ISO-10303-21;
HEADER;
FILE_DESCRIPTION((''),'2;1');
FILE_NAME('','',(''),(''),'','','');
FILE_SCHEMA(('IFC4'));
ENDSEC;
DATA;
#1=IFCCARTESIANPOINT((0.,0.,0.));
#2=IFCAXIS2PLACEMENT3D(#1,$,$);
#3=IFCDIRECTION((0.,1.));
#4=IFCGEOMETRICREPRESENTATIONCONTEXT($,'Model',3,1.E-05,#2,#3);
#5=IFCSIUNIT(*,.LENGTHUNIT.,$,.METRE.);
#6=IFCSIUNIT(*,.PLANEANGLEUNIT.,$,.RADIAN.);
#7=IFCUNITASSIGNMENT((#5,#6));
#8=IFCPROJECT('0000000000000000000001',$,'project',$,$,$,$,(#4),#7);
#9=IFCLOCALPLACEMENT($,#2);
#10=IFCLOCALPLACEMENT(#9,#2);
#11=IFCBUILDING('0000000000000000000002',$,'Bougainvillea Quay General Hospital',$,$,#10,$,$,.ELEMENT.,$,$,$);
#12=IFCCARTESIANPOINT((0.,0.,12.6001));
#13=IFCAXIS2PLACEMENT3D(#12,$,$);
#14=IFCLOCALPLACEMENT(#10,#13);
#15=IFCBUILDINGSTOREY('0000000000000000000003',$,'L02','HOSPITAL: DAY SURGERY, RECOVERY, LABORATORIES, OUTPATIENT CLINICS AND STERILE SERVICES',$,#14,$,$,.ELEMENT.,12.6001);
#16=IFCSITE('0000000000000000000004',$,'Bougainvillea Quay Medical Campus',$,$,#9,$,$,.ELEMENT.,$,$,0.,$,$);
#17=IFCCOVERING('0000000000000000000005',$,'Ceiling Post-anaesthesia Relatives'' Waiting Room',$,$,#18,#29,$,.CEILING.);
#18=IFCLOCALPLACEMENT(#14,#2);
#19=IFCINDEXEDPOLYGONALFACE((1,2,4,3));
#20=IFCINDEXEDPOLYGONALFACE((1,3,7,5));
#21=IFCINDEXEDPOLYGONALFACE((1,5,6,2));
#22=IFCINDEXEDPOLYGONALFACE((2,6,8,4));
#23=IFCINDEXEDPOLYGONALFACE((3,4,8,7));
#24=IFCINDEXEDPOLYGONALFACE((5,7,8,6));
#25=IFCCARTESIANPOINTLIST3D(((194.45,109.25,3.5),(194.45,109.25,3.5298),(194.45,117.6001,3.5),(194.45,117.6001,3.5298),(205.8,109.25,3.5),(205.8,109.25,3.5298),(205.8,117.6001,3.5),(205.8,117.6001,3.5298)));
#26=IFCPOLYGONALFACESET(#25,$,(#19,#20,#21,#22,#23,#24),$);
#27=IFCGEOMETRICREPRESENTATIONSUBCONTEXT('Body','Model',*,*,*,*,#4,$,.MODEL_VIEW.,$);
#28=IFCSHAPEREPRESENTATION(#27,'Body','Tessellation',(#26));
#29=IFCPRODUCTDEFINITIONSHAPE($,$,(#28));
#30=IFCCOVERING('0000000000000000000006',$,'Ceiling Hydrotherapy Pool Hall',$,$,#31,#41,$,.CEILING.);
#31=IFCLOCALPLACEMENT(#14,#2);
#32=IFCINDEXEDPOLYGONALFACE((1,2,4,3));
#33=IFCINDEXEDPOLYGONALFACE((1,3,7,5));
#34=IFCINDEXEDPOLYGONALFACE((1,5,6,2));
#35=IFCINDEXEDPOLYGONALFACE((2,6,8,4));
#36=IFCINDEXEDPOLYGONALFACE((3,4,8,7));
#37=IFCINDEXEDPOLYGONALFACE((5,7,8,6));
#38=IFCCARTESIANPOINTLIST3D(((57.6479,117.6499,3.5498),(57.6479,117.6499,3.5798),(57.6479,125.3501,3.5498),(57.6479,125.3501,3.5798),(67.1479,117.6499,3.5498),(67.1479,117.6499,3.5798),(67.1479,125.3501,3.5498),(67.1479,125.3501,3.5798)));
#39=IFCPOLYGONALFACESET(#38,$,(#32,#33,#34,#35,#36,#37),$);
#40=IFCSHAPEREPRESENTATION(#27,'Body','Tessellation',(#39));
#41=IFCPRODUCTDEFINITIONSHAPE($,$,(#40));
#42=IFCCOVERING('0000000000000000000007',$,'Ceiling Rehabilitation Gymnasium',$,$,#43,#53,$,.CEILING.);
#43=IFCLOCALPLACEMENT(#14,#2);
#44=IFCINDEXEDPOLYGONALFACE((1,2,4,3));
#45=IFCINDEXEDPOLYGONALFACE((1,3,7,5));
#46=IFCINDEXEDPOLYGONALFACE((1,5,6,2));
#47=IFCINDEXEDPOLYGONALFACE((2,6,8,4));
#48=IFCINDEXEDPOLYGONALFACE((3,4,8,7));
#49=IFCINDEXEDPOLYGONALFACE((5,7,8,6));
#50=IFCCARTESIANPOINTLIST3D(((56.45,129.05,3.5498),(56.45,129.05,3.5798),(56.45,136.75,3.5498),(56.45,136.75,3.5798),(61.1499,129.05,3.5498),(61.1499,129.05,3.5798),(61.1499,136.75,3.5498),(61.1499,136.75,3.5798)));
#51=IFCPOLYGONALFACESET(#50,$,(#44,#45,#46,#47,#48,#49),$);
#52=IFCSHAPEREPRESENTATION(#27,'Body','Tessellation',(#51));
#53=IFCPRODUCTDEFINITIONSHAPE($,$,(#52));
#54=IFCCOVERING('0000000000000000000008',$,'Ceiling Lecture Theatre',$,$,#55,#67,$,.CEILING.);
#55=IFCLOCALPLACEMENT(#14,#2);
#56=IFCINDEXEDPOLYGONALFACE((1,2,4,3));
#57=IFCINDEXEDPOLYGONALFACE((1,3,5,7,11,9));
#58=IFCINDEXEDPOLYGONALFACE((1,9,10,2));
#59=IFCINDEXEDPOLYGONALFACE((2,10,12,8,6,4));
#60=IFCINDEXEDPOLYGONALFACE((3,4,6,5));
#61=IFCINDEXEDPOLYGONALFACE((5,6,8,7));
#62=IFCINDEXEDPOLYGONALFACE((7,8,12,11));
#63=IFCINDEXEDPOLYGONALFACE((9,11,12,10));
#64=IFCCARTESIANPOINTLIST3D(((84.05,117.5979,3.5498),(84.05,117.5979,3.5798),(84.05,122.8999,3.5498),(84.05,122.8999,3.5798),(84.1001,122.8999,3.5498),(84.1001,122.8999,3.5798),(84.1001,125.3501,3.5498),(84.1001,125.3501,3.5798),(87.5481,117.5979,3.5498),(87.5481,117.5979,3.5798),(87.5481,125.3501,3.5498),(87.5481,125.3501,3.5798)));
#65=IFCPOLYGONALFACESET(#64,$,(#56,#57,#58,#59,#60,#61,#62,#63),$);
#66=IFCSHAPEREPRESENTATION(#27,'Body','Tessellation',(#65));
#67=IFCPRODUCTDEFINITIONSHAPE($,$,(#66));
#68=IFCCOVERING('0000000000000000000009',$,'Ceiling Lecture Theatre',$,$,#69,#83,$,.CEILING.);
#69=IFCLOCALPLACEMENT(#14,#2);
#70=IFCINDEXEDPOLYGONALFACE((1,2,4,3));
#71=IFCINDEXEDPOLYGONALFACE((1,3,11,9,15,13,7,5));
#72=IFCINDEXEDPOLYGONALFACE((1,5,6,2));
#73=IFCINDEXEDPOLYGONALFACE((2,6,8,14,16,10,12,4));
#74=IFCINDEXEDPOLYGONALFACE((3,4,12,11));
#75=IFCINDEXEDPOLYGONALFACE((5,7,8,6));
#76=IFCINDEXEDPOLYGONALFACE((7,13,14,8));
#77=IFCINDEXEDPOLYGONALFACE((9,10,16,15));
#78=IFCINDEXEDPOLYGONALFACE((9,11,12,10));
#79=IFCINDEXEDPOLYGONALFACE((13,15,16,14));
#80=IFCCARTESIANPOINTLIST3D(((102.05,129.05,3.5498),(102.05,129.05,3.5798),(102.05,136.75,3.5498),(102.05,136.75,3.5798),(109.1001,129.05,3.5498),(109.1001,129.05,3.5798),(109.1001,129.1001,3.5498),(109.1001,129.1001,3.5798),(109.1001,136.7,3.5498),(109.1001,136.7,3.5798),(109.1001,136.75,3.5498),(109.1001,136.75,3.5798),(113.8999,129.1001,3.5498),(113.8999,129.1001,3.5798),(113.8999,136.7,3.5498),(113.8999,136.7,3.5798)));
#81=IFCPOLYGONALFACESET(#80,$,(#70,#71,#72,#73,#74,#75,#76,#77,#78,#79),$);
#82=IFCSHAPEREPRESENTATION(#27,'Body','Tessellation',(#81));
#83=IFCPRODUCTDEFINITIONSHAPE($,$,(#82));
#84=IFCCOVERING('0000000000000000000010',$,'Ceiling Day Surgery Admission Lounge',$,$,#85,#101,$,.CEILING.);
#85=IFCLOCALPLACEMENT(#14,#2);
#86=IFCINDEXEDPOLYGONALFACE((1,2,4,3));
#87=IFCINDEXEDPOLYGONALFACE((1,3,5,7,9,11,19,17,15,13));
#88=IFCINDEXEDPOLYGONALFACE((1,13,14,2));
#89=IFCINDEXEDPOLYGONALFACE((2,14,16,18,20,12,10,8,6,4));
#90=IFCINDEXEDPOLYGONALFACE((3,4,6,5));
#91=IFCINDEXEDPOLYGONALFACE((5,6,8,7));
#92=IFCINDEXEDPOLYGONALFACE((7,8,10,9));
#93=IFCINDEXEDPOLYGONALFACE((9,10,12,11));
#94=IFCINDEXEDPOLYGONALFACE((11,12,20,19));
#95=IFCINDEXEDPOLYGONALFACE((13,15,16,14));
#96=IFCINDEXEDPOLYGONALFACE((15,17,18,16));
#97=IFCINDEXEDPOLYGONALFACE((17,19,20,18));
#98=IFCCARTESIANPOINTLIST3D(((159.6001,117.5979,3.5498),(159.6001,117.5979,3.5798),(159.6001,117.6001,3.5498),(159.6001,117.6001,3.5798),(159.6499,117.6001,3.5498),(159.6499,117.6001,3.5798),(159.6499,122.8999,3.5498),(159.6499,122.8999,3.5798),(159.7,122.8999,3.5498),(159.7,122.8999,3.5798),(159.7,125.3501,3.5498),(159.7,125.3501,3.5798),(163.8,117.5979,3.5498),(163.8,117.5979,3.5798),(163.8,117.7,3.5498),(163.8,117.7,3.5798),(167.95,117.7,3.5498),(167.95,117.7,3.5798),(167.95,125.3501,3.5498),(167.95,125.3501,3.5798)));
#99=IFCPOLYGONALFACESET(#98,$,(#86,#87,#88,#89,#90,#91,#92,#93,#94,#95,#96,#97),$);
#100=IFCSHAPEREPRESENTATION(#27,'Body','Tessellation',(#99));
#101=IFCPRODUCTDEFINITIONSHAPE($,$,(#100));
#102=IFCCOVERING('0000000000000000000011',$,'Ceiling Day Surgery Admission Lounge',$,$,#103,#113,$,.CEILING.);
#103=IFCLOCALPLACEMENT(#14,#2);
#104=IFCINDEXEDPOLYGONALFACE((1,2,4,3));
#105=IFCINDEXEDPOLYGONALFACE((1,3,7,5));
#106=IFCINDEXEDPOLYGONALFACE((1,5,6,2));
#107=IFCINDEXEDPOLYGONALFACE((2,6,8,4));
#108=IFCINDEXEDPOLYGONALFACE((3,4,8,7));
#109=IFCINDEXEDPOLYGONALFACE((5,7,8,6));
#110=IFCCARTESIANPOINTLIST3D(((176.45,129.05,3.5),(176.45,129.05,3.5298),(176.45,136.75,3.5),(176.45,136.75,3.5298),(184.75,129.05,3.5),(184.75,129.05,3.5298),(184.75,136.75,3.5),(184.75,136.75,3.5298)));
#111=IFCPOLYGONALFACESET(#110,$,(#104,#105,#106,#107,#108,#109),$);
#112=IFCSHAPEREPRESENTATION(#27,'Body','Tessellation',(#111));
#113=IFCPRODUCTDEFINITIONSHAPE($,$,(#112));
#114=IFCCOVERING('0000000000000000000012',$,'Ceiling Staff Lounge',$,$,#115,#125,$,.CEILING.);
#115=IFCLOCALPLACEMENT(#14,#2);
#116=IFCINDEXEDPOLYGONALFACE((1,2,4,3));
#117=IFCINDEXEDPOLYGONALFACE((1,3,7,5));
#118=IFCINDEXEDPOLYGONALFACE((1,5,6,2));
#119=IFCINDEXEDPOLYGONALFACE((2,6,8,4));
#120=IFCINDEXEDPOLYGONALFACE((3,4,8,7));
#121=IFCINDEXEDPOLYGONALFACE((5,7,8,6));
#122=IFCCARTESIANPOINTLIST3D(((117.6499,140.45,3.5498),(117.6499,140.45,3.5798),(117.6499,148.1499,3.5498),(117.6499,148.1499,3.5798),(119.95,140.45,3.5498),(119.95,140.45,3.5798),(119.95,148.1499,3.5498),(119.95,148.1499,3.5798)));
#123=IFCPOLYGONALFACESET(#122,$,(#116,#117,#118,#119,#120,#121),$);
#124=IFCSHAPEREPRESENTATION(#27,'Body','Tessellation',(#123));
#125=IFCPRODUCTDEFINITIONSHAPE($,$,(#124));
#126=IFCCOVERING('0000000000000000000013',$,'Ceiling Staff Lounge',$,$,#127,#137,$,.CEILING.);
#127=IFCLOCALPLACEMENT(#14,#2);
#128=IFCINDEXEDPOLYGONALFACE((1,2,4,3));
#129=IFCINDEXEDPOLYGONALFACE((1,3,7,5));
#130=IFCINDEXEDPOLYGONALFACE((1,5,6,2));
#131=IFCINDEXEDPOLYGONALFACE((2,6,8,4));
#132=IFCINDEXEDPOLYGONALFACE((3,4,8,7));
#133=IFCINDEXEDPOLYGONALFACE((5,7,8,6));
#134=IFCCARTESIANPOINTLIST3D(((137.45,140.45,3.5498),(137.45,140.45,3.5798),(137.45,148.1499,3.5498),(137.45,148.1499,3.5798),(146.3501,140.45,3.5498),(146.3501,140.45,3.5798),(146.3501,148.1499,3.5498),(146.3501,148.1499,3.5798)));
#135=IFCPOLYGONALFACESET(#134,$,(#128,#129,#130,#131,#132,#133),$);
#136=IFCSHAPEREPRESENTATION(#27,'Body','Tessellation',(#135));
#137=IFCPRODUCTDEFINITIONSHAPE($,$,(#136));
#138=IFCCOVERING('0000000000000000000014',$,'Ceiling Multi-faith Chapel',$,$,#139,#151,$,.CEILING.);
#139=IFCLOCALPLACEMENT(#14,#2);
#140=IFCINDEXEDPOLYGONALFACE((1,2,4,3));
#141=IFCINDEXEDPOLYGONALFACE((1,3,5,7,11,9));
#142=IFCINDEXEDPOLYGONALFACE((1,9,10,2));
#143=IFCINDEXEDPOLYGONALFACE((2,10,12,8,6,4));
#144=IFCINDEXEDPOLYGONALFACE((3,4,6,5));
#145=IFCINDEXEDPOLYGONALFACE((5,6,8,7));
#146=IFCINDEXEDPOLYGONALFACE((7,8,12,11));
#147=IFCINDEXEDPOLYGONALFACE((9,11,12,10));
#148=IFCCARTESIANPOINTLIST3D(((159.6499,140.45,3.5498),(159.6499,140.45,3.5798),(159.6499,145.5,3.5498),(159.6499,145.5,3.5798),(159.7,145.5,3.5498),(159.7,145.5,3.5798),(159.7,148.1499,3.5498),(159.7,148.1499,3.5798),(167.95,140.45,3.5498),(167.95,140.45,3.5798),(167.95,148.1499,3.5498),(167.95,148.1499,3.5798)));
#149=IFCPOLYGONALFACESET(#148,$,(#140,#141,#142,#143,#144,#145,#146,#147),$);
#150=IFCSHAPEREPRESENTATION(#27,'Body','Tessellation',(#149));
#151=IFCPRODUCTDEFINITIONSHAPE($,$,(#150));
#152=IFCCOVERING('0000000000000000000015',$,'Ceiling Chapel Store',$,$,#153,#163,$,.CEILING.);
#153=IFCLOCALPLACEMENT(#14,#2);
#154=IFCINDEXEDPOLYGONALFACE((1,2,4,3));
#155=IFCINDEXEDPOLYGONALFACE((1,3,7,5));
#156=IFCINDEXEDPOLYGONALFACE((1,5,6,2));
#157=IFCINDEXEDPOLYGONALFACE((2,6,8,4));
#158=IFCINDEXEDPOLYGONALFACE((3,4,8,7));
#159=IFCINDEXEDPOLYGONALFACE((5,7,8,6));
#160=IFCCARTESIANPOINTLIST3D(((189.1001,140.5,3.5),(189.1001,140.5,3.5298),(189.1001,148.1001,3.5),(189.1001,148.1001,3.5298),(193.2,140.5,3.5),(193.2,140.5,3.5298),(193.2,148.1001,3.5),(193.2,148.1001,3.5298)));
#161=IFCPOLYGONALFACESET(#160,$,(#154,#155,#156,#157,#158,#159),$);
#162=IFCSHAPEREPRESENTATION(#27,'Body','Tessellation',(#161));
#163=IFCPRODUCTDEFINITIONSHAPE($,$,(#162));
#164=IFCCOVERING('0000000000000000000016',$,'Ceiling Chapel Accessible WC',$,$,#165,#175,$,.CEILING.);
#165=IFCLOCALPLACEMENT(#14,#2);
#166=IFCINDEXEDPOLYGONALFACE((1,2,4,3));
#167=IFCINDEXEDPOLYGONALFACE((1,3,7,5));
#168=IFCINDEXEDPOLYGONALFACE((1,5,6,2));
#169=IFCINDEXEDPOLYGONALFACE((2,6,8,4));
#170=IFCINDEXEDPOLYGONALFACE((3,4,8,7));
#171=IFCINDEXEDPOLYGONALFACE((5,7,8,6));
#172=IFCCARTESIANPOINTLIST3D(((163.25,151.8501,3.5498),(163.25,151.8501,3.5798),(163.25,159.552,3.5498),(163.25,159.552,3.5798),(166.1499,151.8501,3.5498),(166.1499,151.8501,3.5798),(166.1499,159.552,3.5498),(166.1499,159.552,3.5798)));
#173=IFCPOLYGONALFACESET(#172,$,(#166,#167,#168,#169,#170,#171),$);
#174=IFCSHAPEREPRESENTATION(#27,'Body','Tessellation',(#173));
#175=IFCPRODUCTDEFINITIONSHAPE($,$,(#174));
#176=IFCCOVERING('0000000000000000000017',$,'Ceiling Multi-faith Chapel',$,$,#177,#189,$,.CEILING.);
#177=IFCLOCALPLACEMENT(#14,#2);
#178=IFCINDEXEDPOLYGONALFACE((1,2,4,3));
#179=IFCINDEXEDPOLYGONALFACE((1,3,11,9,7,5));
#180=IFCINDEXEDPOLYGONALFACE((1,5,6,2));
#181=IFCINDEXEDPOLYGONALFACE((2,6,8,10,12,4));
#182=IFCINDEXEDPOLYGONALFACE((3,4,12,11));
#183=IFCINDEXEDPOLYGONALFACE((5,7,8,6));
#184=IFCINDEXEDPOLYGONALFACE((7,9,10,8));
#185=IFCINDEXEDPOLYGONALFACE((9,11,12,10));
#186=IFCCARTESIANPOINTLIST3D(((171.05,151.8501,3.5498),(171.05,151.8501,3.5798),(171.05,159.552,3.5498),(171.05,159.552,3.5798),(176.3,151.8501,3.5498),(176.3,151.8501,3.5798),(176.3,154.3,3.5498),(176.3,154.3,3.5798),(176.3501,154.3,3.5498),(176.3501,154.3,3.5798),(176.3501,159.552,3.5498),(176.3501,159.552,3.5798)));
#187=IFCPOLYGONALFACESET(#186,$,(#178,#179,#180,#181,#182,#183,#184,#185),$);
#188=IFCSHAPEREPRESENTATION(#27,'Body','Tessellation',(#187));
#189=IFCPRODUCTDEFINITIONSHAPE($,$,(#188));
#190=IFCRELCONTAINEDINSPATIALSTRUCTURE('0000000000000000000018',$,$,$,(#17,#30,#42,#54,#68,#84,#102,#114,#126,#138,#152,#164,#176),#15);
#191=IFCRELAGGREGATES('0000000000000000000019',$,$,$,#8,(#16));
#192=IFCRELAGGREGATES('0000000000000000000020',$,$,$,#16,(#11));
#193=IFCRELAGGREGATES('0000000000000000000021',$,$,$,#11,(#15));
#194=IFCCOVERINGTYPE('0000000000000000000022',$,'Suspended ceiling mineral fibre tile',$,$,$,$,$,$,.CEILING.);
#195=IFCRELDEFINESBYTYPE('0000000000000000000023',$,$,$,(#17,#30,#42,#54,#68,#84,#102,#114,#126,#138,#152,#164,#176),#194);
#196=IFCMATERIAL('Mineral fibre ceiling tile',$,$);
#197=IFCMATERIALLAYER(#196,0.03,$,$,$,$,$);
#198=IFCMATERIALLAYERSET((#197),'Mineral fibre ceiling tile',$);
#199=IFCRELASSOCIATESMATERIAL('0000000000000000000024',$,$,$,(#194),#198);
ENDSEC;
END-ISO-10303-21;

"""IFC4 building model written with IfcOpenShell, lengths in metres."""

from ifc_helpers import new_model, si_unit, direction, frame, origin, place, context, subcontext, project, spatial, polyline, outline, extrude, material, layer, layer_set, type_object, element, save


model = new_model("IFC4")

# Units and contexts
model_context = context("Model", 3, precision=1e-05, world=origin(), true_north=direction((0.0, 1.0)))
body_context = subcontext(model_context, "Body", "Model", "MODEL_VIEW")
ifc_project = project(units=[si_unit("LENGTHUNIT", "METRE"), si_unit("PLANEANGLEUNIT", "RADIAN")], contexts=[model_context])

# Site, building, storey
site_placement = place(None, origin())
site = spatial("IfcSite", under=ifc_project, at=site_placement, Name="Bougainvillea Quay Medical Campus", CompositionType="ELEMENT", RefElevation=0.0)
building_placement = place(site_placement, origin())
building = spatial("IfcBuilding", under=site, at=building_placement, Name="Bougainvillea Quay General Hospital", CompositionType="ELEMENT")
storey_placement = place(building_placement, frame((0.0, 0.0, 12.6001)))
storey = spatial("IfcBuildingStorey", under=building, at=storey_placement, Name="L02", Description="HOSPITAL: DAY SURGERY, RECOVERY, LABORATORIES, OUTPATIENT CLINICS AND STERILE SERVICES", CompositionType="ELEMENT", Elevation=12.6001)

# Coverings
ifc_material_1 = material(Name="Mineral fibre ceiling tile")
ifc_layer_1 = layer(ifc_material_1, 0.03)
ifc_layer_set_1 = layer_set([ifc_layer_1], Name="Mineral fibre ceiling tile")
covering_type = type_object("IfcCoveringType", Name="Suspended ceiling mineral fibre tile", PredefinedType="CEILING", material=ifc_layer_set_1)
covering_1_placement = place(storey_placement, frame((0.0, 0.0, 3.5)))
element("IfcCovering", 1, at=covering_1_placement, inside=storey, type_object=covering_type, Name="Ceiling Post-anaesthesia Relatives' Waiting Room", PredefinedType="CEILING", context=body_context, shape_type="SweptSolid", body=[
    extrude(outline(polyline([(194.45, 117.6001), (194.45, 109.25), (205.8, 109.25), (205.8, 117.6001), (194.45, 117.6001)])), origin(), (0.0, 0.0, 1.0), 0.0298),
])
covering_2_placement = place(storey_placement, frame((0.0, 0.0, 3.5498)))
element("IfcCovering", 2, at=covering_2_placement, inside=storey, type_object=covering_type, Name="Ceiling Hydrotherapy Pool Hall", PredefinedType="CEILING", context=body_context, shape_type="SweptSolid", body=[
    extrude(outline(polyline([(57.6479, 117.6499), (67.1479, 117.6499), (67.1479, 125.3501), (57.6479, 125.3501), (57.6479, 117.6499)])), origin(), (0.0, 0.0, 1.0), 0.03),
])
covering_3_placement = place(storey_placement, frame((0.0, 0.0, 3.5498)))
element("IfcCovering", 3, at=covering_3_placement, inside=storey, type_object=covering_type, Name="Ceiling Rehabilitation Gymnasium", PredefinedType="CEILING", context=body_context, shape_type="SweptSolid", body=[
    extrude(outline(polyline([(56.45, 129.05), (61.1499, 129.05), (61.1499, 136.75), (56.45, 136.75), (56.45, 129.05)])), origin(), (0.0, 0.0, 1.0), 0.03),
])
covering_4_placement = place(storey_placement, frame((0.0, 0.0, 3.5498)))
element("IfcCovering", 4, at=covering_4_placement, inside=storey, type_object=covering_type, Name="Ceiling Lecture Theatre", PredefinedType="CEILING", context=body_context, shape_type="SweptSolid", body=[
    extrude(outline(polyline([(87.5481, 117.5979), (87.5481, 125.3501), (84.1001, 125.3501), (84.1001, 122.8999), (84.05, 122.8999), (84.05, 117.5979), (87.5481, 117.5979)])), origin(), (0.0, 0.0, 1.0), 0.03),
])
covering_5_placement = place(storey_placement, frame((0.0, 0.0, 3.5498)))
element("IfcCovering", 5, at=covering_5_placement, inside=storey, type_object=covering_type, Name="Ceiling Lecture Theatre", PredefinedType="CEILING", context=body_context, shape_type="SweptSolid", body=[
    extrude(outline(polyline([(109.1001, 129.05), (109.1001, 129.1001), (113.8999, 129.1001), (113.8999, 136.7), (109.1001, 136.7), (109.1001, 136.75), (102.05, 136.75), (102.05, 129.05), (109.1001, 129.05)])), origin(), (0.0, 0.0, 1.0), 0.03),
])
covering_6_placement = place(storey_placement, frame((0.0, 0.0, 3.5498)))
element("IfcCovering", 6, at=covering_6_placement, inside=storey, type_object=covering_type, Name="Ceiling Day Surgery Admission Lounge", PredefinedType="CEILING", context=body_context, shape_type="SweptSolid", body=[
    extrude(outline(polyline([(159.6001, 117.5979), (163.8, 117.5979), (163.8, 117.7), (167.95, 117.7), (167.95, 125.3501), (159.7, 125.3501), (159.7, 122.8999), (159.6499, 122.8999), (159.6499, 117.6001), (159.6001, 117.6001), (159.6001, 117.5979)])), origin(), (0.0, 0.0, 1.0), 0.03),
])
covering_7_placement = place(storey_placement, frame((0.0, 0.0, 3.5)))
element("IfcCovering", 7, at=covering_7_placement, inside=storey, type_object=covering_type, Name="Ceiling Day Surgery Admission Lounge", PredefinedType="CEILING", context=body_context, shape_type="SweptSolid", body=[
    extrude(outline(polyline([(184.75, 136.75), (176.45, 136.75), (176.45, 129.05), (184.75, 129.05), (184.75, 136.75)])), origin(), (0.0, 0.0, 1.0), 0.0298),
])
covering_8_placement = place(storey_placement, frame((0.0, 0.0, 3.5498)))
element("IfcCovering", 8, at=covering_8_placement, inside=storey, type_object=covering_type, Name="Ceiling Staff Lounge", PredefinedType="CEILING", context=body_context, shape_type="SweptSolid", body=[
    extrude(outline(polyline([(117.6499, 140.45), (119.95, 140.45), (119.95, 148.1499), (117.6499, 148.1499), (117.6499, 140.45)])), origin(), (0.0, 0.0, 1.0), 0.03),
])
covering_9_placement = place(storey_placement, frame((0.0, 0.0, 3.5498)))
element("IfcCovering", 9, at=covering_9_placement, inside=storey, type_object=covering_type, Name="Ceiling Staff Lounge", PredefinedType="CEILING", context=body_context, shape_type="SweptSolid", body=[
    extrude(outline(polyline([(146.3501, 148.1499), (137.45, 148.1499), (137.45, 140.45), (146.3501, 140.45), (146.3501, 148.1499)])), origin(), (0.0, 0.0, 1.0), 0.03),
])
covering_10_placement = place(storey_placement, frame((0.0, 0.0, 3.5498)))
element("IfcCovering", 10, at=covering_10_placement, inside=storey, type_object=covering_type, Name="Ceiling Multi-faith Chapel", PredefinedType="CEILING", context=body_context, shape_type="SweptSolid", body=[
    extrude(outline(polyline([(159.6499, 145.5), (159.6499, 140.45), (167.95, 140.45), (167.95, 148.1499), (159.7, 148.1499), (159.7, 145.5), (159.6499, 145.5)])), origin(), (0.0, 0.0, 1.0), 0.03),
])
covering_11_placement = place(storey_placement, frame((0.0, 0.0, 3.5)))
element("IfcCovering", 11, at=covering_11_placement, inside=storey, type_object=covering_type, Name="Ceiling Chapel Store", PredefinedType="CEILING", context=body_context, shape_type="SweptSolid", body=[
    extrude(outline(polyline([(193.2, 148.1001), (189.1001, 148.1001), (189.1001, 140.5), (193.2, 140.5), (193.2, 148.1001)])), origin(), (0.0, 0.0, 1.0), 0.0298),
])
covering_12_placement = place(storey_placement, frame((0.0, 0.0, 3.5498)))
element("IfcCovering", 12, at=covering_12_placement, inside=storey, type_object=covering_type, Name="Ceiling Chapel Accessible WC", PredefinedType="CEILING", context=body_context, shape_type="SweptSolid", body=[
    extrude(outline(polyline([(166.1499, 151.8501), (166.1499, 159.552), (163.25, 159.552), (163.25, 151.8501), (166.1499, 151.8501)])), origin(), (0.0, 0.0, 1.0), 0.03),
])
covering_13_placement = place(storey_placement, frame((0.0, 0.0, 3.5498)))
element("IfcCovering", 13, at=covering_13_placement, inside=storey, type_object=covering_type, Name="Ceiling Multi-faith Chapel", PredefinedType="CEILING", context=body_context, shape_type="SweptSolid", body=[
    extrude(outline(polyline([(176.3501, 154.3), (176.3501, 159.552), (171.05, 159.552), (171.05, 151.8501), (176.3, 151.8501), (176.3, 154.3), (176.3501, 154.3)])), origin(), (0.0, 0.0, 1.0), 0.03),
])

save(model, "model.ifc")
